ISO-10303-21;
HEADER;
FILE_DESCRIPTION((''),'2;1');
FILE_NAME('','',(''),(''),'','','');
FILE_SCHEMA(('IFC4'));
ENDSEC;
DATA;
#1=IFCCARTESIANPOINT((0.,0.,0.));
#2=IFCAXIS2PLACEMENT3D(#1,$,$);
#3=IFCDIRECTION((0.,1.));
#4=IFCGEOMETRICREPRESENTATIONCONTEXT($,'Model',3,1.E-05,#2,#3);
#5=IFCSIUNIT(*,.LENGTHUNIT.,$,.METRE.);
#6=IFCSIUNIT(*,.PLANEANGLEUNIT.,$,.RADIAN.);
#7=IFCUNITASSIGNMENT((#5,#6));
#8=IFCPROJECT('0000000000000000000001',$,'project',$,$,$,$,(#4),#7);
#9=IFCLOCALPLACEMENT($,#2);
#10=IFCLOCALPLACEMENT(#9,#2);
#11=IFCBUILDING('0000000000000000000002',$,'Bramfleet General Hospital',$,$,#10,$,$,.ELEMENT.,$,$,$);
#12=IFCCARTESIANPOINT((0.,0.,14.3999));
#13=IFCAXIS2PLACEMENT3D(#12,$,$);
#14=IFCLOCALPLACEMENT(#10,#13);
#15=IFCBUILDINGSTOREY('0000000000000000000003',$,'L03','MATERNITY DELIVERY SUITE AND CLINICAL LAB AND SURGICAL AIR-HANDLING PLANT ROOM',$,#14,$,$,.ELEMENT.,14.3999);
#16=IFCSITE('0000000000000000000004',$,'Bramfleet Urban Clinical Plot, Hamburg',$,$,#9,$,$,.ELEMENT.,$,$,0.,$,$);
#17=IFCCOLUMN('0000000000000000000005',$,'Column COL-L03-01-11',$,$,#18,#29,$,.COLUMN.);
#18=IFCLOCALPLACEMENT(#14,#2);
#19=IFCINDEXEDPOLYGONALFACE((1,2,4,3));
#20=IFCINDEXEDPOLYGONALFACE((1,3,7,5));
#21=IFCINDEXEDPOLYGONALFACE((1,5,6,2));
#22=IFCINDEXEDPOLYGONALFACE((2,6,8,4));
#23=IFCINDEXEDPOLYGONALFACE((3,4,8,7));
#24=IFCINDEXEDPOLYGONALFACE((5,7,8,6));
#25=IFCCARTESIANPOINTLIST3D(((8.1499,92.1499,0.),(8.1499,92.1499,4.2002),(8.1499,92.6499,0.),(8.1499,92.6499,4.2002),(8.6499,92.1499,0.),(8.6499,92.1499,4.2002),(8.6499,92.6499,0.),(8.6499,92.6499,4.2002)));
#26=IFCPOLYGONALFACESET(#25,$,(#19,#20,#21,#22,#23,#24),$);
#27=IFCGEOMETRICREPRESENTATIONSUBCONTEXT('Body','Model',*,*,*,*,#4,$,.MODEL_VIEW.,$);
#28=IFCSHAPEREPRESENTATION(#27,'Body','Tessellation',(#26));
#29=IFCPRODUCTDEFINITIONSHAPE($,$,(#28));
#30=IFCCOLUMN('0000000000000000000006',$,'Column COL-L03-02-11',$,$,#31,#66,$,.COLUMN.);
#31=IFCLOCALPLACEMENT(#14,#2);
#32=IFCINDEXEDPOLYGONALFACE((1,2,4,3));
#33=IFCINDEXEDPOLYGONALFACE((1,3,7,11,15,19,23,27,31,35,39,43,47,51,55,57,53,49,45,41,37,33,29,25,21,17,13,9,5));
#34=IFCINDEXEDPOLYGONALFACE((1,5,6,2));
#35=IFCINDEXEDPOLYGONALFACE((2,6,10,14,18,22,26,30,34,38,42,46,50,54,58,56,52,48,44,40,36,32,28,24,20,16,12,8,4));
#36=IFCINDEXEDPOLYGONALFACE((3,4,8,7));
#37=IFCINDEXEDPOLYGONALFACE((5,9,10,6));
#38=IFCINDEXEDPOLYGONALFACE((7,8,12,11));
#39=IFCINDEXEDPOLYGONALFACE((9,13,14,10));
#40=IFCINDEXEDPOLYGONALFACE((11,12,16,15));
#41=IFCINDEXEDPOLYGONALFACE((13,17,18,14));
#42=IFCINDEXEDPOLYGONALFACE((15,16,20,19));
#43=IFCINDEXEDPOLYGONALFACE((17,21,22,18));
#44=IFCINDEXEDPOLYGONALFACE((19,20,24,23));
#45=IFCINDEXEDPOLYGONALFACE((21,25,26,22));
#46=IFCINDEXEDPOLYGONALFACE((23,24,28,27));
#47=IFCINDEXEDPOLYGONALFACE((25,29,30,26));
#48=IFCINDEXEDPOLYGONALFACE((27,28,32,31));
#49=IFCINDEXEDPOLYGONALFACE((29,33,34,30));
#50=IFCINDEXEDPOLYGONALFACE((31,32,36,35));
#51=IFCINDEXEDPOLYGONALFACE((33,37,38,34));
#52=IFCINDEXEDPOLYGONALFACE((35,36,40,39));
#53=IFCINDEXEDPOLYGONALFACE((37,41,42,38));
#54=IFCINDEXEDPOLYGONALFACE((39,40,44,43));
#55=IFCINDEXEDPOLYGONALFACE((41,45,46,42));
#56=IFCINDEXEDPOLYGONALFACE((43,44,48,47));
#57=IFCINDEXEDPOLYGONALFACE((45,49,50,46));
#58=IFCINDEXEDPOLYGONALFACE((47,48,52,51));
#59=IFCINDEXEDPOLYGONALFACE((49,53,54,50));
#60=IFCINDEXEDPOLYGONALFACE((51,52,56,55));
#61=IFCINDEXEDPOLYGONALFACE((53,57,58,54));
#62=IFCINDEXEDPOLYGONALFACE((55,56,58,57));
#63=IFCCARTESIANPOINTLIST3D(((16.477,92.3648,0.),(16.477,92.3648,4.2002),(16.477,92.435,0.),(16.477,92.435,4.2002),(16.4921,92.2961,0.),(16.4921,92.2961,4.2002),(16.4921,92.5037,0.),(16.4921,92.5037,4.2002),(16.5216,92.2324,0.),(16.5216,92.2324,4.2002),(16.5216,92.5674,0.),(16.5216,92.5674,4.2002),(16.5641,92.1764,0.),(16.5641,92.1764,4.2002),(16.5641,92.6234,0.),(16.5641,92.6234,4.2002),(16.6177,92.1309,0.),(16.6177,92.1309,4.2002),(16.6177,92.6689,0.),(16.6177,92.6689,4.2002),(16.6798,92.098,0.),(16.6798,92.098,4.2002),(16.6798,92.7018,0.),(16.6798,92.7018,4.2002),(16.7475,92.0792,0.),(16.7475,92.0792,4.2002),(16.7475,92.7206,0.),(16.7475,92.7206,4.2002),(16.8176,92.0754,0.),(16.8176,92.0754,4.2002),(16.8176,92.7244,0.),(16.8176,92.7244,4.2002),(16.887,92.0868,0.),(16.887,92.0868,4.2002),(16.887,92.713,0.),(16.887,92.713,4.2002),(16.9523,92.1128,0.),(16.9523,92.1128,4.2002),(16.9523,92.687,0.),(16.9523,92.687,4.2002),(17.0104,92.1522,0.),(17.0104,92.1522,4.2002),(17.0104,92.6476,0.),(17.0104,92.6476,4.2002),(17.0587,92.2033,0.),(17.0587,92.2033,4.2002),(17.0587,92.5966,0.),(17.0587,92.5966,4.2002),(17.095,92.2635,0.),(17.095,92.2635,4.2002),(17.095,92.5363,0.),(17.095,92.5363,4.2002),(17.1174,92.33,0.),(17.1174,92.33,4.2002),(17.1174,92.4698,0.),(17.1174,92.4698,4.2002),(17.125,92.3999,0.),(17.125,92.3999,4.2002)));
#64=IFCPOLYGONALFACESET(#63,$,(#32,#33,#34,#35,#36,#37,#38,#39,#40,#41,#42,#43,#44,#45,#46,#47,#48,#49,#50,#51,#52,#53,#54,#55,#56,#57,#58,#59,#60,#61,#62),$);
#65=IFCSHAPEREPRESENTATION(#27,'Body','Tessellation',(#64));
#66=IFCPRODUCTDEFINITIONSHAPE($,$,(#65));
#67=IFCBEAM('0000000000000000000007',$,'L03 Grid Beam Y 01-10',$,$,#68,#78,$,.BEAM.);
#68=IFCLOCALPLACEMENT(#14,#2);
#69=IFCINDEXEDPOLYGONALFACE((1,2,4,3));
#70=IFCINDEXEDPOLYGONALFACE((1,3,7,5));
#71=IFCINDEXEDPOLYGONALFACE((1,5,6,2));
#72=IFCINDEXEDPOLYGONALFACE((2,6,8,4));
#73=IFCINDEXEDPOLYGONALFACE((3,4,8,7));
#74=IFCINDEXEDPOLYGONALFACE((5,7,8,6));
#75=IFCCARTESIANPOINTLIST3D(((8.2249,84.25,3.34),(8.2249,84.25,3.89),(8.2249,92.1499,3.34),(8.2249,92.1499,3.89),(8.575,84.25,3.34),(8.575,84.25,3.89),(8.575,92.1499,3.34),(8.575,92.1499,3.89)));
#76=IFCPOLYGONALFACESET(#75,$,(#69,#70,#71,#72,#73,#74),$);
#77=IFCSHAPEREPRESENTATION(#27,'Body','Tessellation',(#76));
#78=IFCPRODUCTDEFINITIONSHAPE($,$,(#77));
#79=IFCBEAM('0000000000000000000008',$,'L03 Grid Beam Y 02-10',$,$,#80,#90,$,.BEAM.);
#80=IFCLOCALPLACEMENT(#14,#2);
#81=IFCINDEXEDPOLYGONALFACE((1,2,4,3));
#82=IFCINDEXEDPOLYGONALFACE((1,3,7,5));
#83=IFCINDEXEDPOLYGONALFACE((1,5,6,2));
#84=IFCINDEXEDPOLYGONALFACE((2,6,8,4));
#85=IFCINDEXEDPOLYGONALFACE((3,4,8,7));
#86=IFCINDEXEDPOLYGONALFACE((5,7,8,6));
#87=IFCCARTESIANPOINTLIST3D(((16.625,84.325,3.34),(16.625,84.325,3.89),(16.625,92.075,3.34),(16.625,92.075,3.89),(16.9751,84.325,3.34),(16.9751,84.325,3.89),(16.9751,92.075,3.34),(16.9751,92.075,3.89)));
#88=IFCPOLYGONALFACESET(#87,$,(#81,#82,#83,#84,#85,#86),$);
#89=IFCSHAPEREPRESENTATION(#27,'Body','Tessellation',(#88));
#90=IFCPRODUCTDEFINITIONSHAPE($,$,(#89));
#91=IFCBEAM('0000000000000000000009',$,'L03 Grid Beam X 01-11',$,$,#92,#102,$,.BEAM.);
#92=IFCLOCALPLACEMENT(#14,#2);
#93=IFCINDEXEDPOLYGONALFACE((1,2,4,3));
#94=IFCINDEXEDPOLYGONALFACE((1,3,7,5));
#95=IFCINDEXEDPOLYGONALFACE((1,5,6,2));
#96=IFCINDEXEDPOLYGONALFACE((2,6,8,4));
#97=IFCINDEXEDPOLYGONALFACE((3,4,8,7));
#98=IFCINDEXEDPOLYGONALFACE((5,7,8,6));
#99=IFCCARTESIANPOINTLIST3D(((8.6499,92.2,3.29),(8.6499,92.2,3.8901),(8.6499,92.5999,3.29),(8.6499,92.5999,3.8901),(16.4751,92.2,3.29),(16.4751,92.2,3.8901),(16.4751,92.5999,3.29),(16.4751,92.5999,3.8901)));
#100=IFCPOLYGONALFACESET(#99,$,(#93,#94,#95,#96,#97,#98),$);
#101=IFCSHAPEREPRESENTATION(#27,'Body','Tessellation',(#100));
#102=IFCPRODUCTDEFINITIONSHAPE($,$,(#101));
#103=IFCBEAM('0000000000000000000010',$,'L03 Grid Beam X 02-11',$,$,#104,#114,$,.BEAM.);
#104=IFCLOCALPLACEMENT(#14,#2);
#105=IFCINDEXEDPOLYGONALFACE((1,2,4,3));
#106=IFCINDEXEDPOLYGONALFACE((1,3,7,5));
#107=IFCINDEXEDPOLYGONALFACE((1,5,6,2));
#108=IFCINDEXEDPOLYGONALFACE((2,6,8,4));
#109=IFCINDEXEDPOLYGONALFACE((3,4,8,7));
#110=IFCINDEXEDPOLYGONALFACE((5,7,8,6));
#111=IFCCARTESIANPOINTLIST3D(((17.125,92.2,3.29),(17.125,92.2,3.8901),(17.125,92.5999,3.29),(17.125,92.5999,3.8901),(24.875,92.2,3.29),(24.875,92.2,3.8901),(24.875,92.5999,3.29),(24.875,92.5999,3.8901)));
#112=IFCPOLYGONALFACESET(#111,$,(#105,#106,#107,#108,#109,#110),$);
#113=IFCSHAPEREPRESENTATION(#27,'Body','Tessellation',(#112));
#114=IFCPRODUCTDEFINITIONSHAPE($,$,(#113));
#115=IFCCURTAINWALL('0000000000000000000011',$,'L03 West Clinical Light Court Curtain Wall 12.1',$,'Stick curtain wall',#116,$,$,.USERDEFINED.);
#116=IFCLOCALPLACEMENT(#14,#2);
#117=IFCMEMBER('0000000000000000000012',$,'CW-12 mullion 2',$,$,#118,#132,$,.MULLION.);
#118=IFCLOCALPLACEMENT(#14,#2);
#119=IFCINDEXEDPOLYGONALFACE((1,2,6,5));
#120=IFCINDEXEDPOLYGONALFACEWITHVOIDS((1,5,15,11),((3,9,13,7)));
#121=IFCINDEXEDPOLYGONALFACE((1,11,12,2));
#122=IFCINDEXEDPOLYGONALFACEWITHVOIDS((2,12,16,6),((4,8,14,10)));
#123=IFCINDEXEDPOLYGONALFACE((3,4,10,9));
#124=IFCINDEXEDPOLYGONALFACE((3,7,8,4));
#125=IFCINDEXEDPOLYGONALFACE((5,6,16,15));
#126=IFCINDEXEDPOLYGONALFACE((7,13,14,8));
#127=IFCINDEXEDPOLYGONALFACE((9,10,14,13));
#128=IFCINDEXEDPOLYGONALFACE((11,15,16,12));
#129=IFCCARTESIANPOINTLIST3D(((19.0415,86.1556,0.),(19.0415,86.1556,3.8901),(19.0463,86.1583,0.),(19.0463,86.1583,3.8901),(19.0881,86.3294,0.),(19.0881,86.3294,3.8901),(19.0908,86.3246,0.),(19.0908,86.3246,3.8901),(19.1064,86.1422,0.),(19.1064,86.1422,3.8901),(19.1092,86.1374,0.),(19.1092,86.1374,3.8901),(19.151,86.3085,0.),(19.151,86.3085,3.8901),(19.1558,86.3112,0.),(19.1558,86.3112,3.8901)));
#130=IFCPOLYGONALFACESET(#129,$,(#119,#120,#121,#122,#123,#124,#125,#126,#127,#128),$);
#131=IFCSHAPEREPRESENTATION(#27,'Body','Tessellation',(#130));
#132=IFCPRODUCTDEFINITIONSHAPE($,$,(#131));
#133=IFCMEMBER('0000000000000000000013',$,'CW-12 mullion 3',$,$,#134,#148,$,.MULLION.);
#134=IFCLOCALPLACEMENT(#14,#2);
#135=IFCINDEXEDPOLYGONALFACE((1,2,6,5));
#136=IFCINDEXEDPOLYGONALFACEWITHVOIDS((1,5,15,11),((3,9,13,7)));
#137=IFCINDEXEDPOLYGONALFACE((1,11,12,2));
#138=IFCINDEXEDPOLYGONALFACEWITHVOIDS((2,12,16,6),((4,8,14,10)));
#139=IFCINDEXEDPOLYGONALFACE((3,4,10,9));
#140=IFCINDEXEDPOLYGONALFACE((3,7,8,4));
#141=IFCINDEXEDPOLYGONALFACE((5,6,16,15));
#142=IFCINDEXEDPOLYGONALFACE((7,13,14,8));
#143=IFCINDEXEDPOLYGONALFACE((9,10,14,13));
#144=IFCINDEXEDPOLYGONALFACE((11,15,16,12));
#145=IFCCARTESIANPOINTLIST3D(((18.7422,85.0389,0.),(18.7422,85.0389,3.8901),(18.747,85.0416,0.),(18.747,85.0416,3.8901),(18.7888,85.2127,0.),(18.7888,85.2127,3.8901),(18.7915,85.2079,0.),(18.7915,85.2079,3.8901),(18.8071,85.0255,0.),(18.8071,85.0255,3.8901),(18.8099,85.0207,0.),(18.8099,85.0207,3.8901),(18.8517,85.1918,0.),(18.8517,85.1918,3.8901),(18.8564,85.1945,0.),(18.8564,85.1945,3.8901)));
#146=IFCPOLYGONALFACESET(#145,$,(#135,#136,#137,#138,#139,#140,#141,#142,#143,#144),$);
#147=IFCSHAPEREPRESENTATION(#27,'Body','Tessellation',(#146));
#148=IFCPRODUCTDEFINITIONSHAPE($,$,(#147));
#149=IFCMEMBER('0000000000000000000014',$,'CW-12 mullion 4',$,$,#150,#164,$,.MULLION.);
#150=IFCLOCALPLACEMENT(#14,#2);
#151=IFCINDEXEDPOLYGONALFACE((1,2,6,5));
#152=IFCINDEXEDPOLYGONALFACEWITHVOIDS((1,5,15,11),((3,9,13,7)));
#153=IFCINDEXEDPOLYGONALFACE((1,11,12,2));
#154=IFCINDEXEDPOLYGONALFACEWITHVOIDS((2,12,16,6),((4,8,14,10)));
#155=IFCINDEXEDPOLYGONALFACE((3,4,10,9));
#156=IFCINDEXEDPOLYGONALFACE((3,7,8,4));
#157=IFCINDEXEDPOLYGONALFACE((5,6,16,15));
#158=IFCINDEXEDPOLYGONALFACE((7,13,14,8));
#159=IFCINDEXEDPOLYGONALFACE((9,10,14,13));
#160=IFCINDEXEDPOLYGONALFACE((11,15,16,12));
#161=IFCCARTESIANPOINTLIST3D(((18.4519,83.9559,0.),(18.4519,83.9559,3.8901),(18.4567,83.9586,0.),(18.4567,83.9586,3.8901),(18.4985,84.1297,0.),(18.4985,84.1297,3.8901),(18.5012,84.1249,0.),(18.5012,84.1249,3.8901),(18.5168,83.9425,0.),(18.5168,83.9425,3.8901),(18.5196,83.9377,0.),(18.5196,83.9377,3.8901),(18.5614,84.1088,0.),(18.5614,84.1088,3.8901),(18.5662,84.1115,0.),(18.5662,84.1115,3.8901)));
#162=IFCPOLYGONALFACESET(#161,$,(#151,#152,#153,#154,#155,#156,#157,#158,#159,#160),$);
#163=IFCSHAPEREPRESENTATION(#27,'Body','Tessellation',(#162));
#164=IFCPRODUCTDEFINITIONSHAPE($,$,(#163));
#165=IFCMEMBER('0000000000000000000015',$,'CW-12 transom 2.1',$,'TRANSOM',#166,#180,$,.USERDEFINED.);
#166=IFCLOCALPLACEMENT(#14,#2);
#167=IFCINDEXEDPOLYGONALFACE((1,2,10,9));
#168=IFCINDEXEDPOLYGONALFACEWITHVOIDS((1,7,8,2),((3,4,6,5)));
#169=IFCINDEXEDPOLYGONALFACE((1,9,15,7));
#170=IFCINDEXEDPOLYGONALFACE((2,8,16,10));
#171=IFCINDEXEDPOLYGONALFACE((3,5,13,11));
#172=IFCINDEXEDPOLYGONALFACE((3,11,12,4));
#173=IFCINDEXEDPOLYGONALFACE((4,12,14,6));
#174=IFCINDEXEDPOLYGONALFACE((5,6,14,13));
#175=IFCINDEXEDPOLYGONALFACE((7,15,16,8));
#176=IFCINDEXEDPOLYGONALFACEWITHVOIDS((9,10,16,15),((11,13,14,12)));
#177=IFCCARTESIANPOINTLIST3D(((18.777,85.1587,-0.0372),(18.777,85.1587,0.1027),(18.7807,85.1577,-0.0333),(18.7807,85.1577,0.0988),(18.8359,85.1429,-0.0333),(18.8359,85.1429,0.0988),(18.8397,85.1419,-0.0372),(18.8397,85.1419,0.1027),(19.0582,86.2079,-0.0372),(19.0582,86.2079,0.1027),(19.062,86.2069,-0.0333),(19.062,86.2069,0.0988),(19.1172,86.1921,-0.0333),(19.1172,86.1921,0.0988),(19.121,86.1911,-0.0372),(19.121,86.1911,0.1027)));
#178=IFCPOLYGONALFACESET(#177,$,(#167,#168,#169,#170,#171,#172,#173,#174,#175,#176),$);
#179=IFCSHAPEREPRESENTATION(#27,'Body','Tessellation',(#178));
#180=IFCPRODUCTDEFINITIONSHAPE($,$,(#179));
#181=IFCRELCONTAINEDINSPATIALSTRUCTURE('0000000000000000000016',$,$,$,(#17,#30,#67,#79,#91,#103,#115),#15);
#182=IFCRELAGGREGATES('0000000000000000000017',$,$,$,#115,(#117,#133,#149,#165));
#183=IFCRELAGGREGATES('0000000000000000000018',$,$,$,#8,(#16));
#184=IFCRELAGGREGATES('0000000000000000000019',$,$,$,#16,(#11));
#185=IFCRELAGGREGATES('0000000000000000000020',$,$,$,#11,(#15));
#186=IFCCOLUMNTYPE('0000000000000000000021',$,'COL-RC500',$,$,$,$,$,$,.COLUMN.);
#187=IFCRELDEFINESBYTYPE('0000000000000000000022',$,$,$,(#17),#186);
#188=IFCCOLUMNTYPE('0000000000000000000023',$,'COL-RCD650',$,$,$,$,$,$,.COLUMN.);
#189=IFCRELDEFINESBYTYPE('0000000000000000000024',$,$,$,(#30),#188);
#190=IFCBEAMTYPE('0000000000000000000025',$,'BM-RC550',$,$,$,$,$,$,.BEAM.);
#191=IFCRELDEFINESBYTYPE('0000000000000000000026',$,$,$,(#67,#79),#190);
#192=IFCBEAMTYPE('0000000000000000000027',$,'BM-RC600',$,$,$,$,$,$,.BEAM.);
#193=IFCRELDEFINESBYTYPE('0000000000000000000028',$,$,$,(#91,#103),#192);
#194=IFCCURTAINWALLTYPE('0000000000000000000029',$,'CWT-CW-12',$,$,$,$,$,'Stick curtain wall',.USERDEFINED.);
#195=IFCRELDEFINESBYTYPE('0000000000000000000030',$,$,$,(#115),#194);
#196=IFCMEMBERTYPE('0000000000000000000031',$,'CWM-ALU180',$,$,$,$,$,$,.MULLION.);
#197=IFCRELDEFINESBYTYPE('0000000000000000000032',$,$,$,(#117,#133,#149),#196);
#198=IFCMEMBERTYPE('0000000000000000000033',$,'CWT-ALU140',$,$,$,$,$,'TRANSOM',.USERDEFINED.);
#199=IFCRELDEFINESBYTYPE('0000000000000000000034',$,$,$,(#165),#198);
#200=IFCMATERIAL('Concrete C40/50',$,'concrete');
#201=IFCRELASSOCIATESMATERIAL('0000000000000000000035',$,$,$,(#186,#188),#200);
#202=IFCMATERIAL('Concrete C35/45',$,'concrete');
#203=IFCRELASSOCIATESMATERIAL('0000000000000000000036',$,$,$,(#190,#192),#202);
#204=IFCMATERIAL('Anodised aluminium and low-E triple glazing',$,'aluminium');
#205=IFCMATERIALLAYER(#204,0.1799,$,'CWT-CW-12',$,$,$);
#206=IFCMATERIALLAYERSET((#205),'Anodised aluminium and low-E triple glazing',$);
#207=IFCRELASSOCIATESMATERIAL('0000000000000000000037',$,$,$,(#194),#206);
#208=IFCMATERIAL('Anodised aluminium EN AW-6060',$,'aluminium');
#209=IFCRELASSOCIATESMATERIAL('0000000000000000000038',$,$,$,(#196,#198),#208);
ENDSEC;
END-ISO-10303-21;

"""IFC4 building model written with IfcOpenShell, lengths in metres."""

from ifc_helpers import new_model, si_unit, direction, frame, origin, origin_2d, place, context, subcontext, project, spatial, rectangle, hollow_rectangle, circle, extrude, material, layer, layer_set, material_profile, profile_set, type_object, element, aggregate, save


model = new_model("IFC4")

# Units and contexts
model_context = context("Model", 3, precision=1e-05, world=origin(), true_north=direction((0.0, 1.0)))
body_context = subcontext(model_context, "Body", "Model", "MODEL_VIEW")
ifc_project = project(units=[si_unit("LENGTHUNIT", "METRE"), si_unit("PLANEANGLEUNIT", "RADIAN")], contexts=[model_context])

# Site, building, storey
site_placement = place(None, origin())
site = spatial("IfcSite", under=ifc_project, at=site_placement, Name="Bramfleet Urban Clinical Plot, Hamburg", CompositionType="ELEMENT", RefElevation=0.0)
building_placement = place(site_placement, origin())
building = spatial("IfcBuilding", under=site, at=building_placement, Name="Bramfleet General Hospital", CompositionType="ELEMENT")
storey_placement = place(building_placement, frame((0.0, 0.0, 14.3999)))
storey = spatial("IfcBuildingStorey", under=building, at=storey_placement, Name="L03", Description="MATERNITY DELIVERY SUITE AND CLINICAL LAB AND SURGICAL AIR-HANDLING PLANT ROOM", CompositionType="ELEMENT", Elevation=14.3999)

# Columns
ifc_material_1 = material(Name="Concrete C40/50", Category="concrete")
ifc_material_profile_1 = material_profile(ifc_material_1, rectangle(XDim=0.5, YDim=0.5, at=origin_2d()), Name="RC COL 500x500")
ifc_profile_set_1 = profile_set([ifc_material_profile_1], Name="Concrete C40/50")
column_type_1 = type_object("IfcColumnType", Name="COL-RC500", PredefinedType="COLUMN", material=ifc_profile_set_1)
column_1_placement = place(storey_placement, frame((8.3999, 92.3999, 0.0), z_axis=(0.0, 0.0, 1.0), x_axis=(1.0, 0.0, 0.0)))
element("IfcColumn", 1, at=column_1_placement, inside=storey, type_object=column_type_1, Name="Column COL-L03-01-11", PredefinedType="COLUMN", context=body_context, shape_type="SweptSolid", body=[
    extrude(rectangle(XDim=0.5, YDim=0.5, at=origin_2d()), origin(), (0.0, 0.0, 1.0), 4.2002),
])
ifc_material_profile_2 = material_profile(ifc_material_1, circle(Radius=0.325, at=origin_2d()), Name="RC ROUND D650")
ifc_profile_set_2 = profile_set([ifc_material_profile_2], Name="Concrete C40/50")
column_type_2 = type_object("IfcColumnType", Name="COL-RCD650", PredefinedType="COLUMN", material=ifc_profile_set_2)
column_2_placement = place(storey_placement, frame((16.8, 92.3999, 0.0), z_axis=(0.0, 0.0, 1.0), x_axis=(1.0, 0.0, 0.0)))
element("IfcColumn", 2, at=column_2_placement, inside=storey, type_object=column_type_2, Name="Column COL-L03-02-11", PredefinedType="COLUMN", context=body_context, shape_type="SweptSolid", body=[
    extrude(circle(Radius=0.325, at=origin_2d()), origin(), (0.0, 0.0, 1.0), 4.2002),
])

# Beams
ifc_material_2 = material(Name="Concrete C35/45", Category="concrete")
ifc_material_profile_3 = material_profile(ifc_material_2, rectangle(XDim=0.3501, YDim=0.55, at=origin_2d()), Name="RC BM 550x350")
ifc_profile_set_3 = profile_set([ifc_material_profile_3], Name="Concrete C35/45")
beam_type_1 = type_object("IfcBeamType", Name="BM-RC550", PredefinedType="BEAM", material=ifc_profile_set_3)
beam_1_placement = place(storey_placement, frame((8.3999, 84.25, 3.615), z_axis=(0.0, 1.0, 0.0), x_axis=(-1.0, 0.0, 0.0)))
element("IfcBeam", 3, at=beam_1_placement, inside=storey, type_object=beam_type_1, Name="L03 Grid Beam Y 01-10", PredefinedType="BEAM", context=body_context, shape_type="SweptSolid", body=[
    extrude(rectangle(XDim=0.3501, YDim=0.55, at=origin_2d()), origin(), (0.0, 0.0, 1.0), 7.8999),
])
beam_2_placement = place(storey_placement, frame((16.8, 84.325, 3.615), z_axis=(0.0, 1.0, 0.0), x_axis=(-1.0, 0.0, 0.0)))
element("IfcBeam", 4, at=beam_2_placement, inside=storey, type_object=beam_type_1, Name="L03 Grid Beam Y 02-10", PredefinedType="BEAM", context=body_context, shape_type="SweptSolid", body=[
    extrude(rectangle(XDim=0.3501, YDim=0.55, at=origin_2d()), origin(), (0.0, 0.0, 1.0), 7.75),
])
ifc_material_profile_4 = material_profile(ifc_material_2, rectangle(XDim=0.3999, YDim=0.6001, at=origin_2d()), Name="RC BM 600x400")
ifc_profile_set_4 = profile_set([ifc_material_profile_4], Name="Concrete C35/45")
beam_type_2 = type_object("IfcBeamType", Name="BM-RC600", PredefinedType="BEAM", material=ifc_profile_set_4)
beam_3_placement = place(storey_placement, frame((8.6499, 92.3999, 3.5901), z_axis=(1.0, 0.0, 0.0), x_axis=(0.0, 1.0, 0.0)))
element("IfcBeam", 5, at=beam_3_placement, inside=storey, type_object=beam_type_2, Name="L03 Grid Beam X 01-11", PredefinedType="BEAM", context=body_context, shape_type="SweptSolid", body=[
    extrude(rectangle(XDim=0.3999, YDim=0.6001, at=origin_2d()), origin(), (0.0, 0.0, 1.0), 7.8252),
])
beam_4_placement = place(storey_placement, frame((17.125, 92.3999, 3.5901), z_axis=(1.0, 0.0, 0.0), x_axis=(0.0, 1.0, 0.0)))
element("IfcBeam", 6, at=beam_4_placement, inside=storey, type_object=beam_type_2, Name="L03 Grid Beam X 02-11", PredefinedType="BEAM", context=body_context, shape_type="SweptSolid", body=[
    extrude(rectangle(XDim=0.3999, YDim=0.6001, at=origin_2d()), origin(), (0.0, 0.0, 1.0), 7.75),
])

# Curtain wall, members
ifc_material_3 = material(Name="Anodised aluminium and low-E triple glazing", Category="aluminium")
ifc_layer_1 = layer(ifc_material_3, 0.1799, Name="CWT-CW-12")
ifc_layer_set_1 = layer_set([ifc_layer_1], Name="Anodised aluminium and low-E triple glazing")
curtain_wall_type = type_object("IfcCurtainWallType", Name="CWT-CW-12", ElementType="Stick curtain wall", PredefinedType="USERDEFINED", material=ifc_layer_set_1)
curtain_wall_placement = place(storey_placement, origin())
curtain_wall = element("IfcCurtainWall", 7, at=curtain_wall_placement, inside=storey, type_object=curtain_wall_type, Name="L03 West Clinical Light Court Curtain Wall 12.1", ObjectType="Stick curtain wall", PredefinedType="USERDEFINED")
ifc_material_4 = material(Name="Anodised aluminium EN AW-6060", Category="aluminium")
ifc_material_profile_5 = material_profile(ifc_material_4, hollow_rectangle(XDim=0.0701, YDim=0.1799, WallThickness=0.0039, at=origin_2d()), Name="ALU 180x70x4.0")
ifc_profile_set_5 = profile_set([ifc_material_profile_5], Name="Anodised aluminium EN AW-6060")
member_type_1 = type_object("IfcMemberType", Name="CWM-ALU180", PredefinedType="MULLION", material=ifc_profile_set_5)
member_1_placement = place(storey_placement, frame((19.0986, 86.2334, 0.0), z_axis=(0.0, 0.0, 1.0), x_axis=(0.965899, -0.258919, 0.0)))
member_1 = element("IfcMember", 8, at=member_1_placement, type_object=member_type_1, Name="CW-12 mullion 2", PredefinedType="MULLION", context=body_context, shape_type="SweptSolid", body=[
    extrude(hollow_rectangle(XDim=0.0701, YDim=0.1799, WallThickness=0.0039, at=origin_2d()), origin(), (0.0, 0.0, 1.0), 3.8901),
])
member_2_placement = place(storey_placement, frame((18.7993, 85.1167, 0.0), z_axis=(0.0, 0.0, 1.0), x_axis=(0.965899, -0.258919, 0.0)))
member_2 = element("IfcMember", 9, at=member_2_placement, type_object=member_type_1, Name="CW-12 mullion 3", PredefinedType="MULLION", context=body_context, shape_type="SweptSolid", body=[
    extrude(hollow_rectangle(XDim=0.0701, YDim=0.1799, WallThickness=0.0039, at=origin_2d()), origin(), (0.0, 0.0, 1.0), 3.8901),
])
member_3_placement = place(storey_placement, frame((18.509, 84.0337, 0.0), z_axis=(0.0, 0.0, 1.0), x_axis=(0.965899, -0.258919, 0.0)))
member_3 = element("IfcMember", 10, at=member_3_placement, type_object=member_type_1, Name="CW-12 mullion 4", PredefinedType="MULLION", context=body_context, shape_type="SweptSolid", body=[
    extrude(hollow_rectangle(XDim=0.0701, YDim=0.1799, WallThickness=0.0039, at=origin_2d()), origin(), (0.0, 0.0, 1.0), 3.8901),
])
ifc_material_profile_6 = material_profile(ifc_material_4, hollow_rectangle(XDim=0.0649, YDim=0.1399, WallThickness=0.0039, at=origin_2d()), Name="ALU 140x65x4.0")
ifc_profile_set_6 = profile_set([ifc_material_profile_6], Name="Anodised aluminium EN AW-6060")
member_type_2 = type_object("IfcMemberType", Name="CWT-ALU140", ElementType="TRANSOM", PredefinedType="USERDEFINED", material=ifc_profile_set_6)
member_4_placement = place(storey_placement, frame((19.0896, 86.1995, 0.0327), z_axis=(-0.25895, -0.965891, 0.0), x_axis=(0.965891, -0.25895, 0.0)))
member_4 = element("IfcMember", 11, at=member_4_placement, type_object=member_type_2, Name="CW-12 transom 2.1", ObjectType="TRANSOM", PredefinedType="USERDEFINED", context=body_context, shape_type="SweptSolid", body=[
    extrude(hollow_rectangle(XDim=0.0649, YDim=0.1399, WallThickness=0.0039, at=origin_2d()), origin(), (0.0, 0.0, 1.0), 1.0862),
])
aggregate(curtain_wall, [member_1, member_2, member_3, member_4])

save(model, "model.ifc")
